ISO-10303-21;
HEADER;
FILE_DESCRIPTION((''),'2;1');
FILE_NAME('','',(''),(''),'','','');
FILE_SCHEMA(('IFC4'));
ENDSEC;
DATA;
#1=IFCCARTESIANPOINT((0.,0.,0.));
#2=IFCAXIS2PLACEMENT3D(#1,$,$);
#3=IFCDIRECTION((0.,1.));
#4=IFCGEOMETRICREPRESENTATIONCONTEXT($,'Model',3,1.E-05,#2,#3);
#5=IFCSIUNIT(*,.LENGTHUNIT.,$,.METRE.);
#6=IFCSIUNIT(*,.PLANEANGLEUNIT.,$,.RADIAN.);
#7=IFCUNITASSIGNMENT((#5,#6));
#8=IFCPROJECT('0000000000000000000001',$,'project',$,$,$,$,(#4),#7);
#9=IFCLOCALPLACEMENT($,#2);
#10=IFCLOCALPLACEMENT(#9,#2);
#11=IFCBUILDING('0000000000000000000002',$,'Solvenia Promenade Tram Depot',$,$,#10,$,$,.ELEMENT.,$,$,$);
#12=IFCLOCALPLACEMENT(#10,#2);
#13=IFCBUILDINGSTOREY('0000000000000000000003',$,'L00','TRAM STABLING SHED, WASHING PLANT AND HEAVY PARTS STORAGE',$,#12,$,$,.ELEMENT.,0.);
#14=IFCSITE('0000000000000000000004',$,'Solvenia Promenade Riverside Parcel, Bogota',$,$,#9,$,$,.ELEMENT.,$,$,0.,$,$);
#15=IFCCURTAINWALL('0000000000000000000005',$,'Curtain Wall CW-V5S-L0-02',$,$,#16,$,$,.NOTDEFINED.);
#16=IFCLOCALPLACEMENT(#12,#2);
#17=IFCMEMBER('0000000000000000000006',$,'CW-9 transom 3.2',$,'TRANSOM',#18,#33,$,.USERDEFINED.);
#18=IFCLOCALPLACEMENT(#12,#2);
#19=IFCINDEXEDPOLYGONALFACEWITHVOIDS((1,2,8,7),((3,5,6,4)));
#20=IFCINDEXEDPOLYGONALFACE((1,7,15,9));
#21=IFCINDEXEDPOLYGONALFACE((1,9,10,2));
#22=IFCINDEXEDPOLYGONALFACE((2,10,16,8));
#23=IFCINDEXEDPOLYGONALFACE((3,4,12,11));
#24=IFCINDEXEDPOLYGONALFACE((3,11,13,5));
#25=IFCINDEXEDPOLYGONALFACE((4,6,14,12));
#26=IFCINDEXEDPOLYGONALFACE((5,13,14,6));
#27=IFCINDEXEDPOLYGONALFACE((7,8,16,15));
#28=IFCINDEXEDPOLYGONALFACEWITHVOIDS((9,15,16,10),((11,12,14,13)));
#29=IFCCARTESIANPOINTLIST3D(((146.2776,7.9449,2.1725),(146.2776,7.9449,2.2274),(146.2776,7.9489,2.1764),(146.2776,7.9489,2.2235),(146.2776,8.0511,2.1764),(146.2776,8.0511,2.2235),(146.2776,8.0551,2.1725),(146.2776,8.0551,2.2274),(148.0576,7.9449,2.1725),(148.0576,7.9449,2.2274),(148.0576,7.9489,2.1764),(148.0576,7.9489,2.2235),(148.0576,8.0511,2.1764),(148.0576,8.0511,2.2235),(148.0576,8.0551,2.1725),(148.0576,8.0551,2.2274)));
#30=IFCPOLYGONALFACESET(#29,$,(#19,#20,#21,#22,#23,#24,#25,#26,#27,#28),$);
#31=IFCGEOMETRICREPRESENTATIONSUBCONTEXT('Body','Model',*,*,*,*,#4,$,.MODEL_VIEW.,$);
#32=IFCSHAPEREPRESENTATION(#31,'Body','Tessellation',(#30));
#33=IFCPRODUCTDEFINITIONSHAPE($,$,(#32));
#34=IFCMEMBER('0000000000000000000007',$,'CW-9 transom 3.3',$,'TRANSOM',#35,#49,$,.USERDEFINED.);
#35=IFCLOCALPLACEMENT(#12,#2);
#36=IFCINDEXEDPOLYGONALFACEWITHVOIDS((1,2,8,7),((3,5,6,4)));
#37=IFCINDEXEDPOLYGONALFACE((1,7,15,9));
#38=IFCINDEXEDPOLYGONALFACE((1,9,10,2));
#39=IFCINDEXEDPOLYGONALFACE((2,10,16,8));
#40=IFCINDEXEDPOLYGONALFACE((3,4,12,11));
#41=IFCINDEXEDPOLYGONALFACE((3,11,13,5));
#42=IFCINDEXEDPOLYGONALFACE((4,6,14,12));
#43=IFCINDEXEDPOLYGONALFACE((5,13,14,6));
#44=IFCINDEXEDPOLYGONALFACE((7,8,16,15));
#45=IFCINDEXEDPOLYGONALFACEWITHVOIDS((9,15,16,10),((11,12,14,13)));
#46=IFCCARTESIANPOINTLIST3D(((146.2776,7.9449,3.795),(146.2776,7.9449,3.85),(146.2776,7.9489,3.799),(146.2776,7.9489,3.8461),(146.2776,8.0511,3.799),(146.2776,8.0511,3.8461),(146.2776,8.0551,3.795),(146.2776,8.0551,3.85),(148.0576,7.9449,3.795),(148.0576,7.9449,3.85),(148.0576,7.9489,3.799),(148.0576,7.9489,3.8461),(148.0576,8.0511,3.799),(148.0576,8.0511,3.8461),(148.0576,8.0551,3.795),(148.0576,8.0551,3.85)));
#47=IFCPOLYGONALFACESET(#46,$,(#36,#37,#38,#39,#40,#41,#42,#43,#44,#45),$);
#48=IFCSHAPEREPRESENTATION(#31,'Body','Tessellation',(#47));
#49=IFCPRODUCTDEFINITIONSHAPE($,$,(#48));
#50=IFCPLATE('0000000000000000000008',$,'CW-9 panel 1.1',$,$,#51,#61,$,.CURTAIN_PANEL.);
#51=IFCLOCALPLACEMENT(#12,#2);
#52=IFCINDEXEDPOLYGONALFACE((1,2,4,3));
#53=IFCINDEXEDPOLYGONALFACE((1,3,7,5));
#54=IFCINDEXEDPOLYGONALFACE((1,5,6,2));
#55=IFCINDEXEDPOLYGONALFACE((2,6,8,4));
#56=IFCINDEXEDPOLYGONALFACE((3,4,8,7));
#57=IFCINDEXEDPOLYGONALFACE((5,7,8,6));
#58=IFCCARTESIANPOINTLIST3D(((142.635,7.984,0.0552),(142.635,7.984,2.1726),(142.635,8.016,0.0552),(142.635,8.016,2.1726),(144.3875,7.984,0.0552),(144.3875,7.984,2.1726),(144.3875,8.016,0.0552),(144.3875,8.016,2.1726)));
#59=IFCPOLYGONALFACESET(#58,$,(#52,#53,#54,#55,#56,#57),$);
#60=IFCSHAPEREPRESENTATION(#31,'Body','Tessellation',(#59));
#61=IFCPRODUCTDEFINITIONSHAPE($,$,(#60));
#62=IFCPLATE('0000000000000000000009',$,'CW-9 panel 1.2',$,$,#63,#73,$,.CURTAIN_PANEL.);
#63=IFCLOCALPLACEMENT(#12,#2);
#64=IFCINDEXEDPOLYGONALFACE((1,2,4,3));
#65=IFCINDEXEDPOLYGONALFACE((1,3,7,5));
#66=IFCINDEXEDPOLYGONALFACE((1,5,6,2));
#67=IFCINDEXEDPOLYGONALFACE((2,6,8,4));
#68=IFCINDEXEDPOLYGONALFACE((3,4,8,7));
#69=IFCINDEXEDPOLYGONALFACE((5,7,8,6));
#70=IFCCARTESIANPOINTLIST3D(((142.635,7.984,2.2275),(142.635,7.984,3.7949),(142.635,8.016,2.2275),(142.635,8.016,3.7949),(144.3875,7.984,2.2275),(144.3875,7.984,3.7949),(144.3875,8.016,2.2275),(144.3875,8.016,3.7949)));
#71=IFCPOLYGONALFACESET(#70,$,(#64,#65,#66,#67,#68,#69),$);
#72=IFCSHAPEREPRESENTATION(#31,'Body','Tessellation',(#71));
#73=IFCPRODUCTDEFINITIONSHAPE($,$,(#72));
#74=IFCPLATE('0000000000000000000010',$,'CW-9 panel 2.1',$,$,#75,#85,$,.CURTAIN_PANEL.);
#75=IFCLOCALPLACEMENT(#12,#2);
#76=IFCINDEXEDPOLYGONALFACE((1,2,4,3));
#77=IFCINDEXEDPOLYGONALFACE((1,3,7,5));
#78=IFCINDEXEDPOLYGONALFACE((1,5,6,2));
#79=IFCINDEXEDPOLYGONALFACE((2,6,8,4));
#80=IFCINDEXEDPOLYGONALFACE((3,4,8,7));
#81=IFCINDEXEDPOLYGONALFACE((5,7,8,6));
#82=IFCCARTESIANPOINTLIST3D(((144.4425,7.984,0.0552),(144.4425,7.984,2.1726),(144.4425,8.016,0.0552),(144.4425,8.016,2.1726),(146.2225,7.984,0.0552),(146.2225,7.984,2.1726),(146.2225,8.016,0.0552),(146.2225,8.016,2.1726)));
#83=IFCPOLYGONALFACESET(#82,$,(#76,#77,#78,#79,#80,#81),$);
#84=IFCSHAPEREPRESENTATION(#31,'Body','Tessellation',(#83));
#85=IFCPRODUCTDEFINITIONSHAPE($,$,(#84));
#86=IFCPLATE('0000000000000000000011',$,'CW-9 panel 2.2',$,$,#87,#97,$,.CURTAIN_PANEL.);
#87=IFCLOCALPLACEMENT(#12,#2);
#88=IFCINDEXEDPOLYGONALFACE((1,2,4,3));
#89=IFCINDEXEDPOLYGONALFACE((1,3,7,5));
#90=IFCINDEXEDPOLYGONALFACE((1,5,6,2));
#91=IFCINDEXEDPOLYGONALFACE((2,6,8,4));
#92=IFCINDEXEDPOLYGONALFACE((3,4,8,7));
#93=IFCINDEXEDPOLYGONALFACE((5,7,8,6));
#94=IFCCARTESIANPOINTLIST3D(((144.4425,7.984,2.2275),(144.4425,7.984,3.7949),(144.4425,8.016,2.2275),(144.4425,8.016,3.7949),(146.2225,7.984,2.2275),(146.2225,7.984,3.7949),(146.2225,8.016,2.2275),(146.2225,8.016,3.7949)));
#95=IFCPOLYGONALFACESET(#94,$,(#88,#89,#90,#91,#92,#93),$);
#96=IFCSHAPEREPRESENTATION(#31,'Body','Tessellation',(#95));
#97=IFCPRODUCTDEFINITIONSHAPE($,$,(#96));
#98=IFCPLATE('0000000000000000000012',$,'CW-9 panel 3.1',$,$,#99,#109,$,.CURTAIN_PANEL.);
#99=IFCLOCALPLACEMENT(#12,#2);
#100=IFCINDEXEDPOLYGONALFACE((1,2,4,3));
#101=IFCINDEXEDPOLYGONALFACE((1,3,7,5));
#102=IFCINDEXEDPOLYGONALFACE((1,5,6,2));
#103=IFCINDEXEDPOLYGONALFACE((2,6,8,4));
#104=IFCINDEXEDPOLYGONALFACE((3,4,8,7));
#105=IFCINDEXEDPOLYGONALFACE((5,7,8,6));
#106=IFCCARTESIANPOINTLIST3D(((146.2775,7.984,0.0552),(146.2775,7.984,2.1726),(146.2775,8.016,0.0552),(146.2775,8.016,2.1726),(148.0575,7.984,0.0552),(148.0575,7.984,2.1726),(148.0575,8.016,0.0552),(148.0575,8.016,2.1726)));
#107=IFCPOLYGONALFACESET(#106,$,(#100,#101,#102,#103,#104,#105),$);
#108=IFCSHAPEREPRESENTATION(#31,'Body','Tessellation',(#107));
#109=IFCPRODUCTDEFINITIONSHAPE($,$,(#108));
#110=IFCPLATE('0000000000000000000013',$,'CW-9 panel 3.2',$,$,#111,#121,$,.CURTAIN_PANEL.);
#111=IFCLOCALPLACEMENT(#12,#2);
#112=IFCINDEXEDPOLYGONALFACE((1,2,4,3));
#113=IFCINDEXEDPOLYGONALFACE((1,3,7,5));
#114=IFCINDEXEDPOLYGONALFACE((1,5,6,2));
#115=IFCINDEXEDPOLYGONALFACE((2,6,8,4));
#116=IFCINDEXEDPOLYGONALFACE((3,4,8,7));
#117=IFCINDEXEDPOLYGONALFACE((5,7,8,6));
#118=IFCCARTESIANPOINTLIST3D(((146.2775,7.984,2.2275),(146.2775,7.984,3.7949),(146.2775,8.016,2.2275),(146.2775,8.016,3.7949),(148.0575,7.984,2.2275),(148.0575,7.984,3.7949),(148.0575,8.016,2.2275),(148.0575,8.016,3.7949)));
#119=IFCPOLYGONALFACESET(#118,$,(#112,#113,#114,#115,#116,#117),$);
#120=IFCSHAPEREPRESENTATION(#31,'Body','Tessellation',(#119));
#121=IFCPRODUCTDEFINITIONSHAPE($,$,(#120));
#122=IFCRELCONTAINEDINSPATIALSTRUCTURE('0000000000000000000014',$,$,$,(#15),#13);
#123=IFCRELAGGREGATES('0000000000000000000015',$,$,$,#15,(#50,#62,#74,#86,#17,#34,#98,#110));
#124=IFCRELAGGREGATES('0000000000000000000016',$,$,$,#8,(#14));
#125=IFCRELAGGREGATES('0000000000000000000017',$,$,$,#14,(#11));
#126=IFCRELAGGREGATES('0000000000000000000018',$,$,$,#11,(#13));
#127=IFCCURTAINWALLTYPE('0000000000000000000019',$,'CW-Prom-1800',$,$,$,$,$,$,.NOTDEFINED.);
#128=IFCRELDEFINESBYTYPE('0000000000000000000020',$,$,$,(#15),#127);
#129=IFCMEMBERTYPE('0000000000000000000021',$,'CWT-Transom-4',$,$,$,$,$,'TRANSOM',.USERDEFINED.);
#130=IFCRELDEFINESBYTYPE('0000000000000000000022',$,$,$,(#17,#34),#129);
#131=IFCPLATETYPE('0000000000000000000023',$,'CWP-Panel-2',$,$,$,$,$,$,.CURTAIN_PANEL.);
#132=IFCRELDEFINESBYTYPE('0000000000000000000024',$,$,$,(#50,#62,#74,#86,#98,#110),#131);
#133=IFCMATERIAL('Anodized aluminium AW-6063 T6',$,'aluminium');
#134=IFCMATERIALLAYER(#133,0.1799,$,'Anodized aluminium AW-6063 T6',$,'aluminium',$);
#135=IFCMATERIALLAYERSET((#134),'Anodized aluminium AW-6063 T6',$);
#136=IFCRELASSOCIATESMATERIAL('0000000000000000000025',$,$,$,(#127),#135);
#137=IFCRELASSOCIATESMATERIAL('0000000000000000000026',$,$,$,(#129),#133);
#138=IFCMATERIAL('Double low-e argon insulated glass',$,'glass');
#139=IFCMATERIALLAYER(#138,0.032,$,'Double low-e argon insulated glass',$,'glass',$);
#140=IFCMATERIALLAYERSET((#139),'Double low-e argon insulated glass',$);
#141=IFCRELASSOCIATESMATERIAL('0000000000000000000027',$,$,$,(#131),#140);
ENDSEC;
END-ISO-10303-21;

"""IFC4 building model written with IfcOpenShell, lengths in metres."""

from ifc_helpers import new_model, si_unit, direction, frame, origin, origin_2d, place, context, subcontext, project, spatial, rectangle, hollow_rectangle, extrude, material, layer, layer_set, material_profile, profile_set, type_object, element, aggregate, save


model = new_model("IFC4")

# Units and contexts
model_context = context("Model", 3, precision=1e-05, world=origin(), true_north=direction((0.0, 1.0)))
body_context = subcontext(model_context, "Body", "Model", "MODEL_VIEW")
ifc_project = project(units=[si_unit("LENGTHUNIT", "METRE"), si_unit("PLANEANGLEUNIT", "RADIAN")], contexts=[model_context])

# Site, building, storey
site_placement = place(None, origin())
site = spatial("IfcSite", under=ifc_project, at=site_placement, Name="Solvenia Promenade Riverside Parcel, Bogota", CompositionType="ELEMENT", RefElevation=0.0)
building_placement = place(site_placement, origin())
building = spatial("IfcBuilding", under=site, at=building_placement, Name="Solvenia Promenade Tram Depot", CompositionType="ELEMENT")
storey_placement = place(building_placement, origin())
storey = spatial("IfcBuildingStorey", under=building, at=storey_placement, Name="L00", Description="TRAM STABLING SHED, WASHING PLANT AND HEAVY PARTS STORAGE", CompositionType="ELEMENT", Elevation=0.0)

# Curtain wall, members, plates
ifc_material_1 = material(Name="Anodized aluminium AW-6063 T6", Category="aluminium")
ifc_layer_1 = layer(ifc_material_1, 0.1799, Name="Anodized aluminium AW-6063 T6", Category="aluminium")
ifc_layer_set_1 = layer_set([ifc_layer_1], Name="Anodized aluminium AW-6063 T6")
curtain_wall_type = type_object("IfcCurtainWallType", Name="CW-Prom-1800", PredefinedType="NOTDEFINED", material=ifc_layer_set_1)
curtain_wall_placement = place(storey_placement, origin())
curtain_wall = element("IfcCurtainWall", 1, at=curtain_wall_placement, inside=storey, type_object=curtain_wall_type, Name="Curtain Wall CW-V5S-L0-02", PredefinedType="NOTDEFINED")
ifc_material_profile_1 = material_profile(ifc_material_1, hollow_rectangle(XDim=0.1101, YDim=0.0549, WallThickness=0.0039, at=origin_2d()), Name="ALU-T4", Category="aluminium")
ifc_profile_set_1 = profile_set([ifc_material_profile_1], Name="Anodized aluminium AW-6063 T6")
member_type_1 = type_object("IfcMemberType", Name="CWT-Transom-4", ElementType="TRANSOM", PredefinedType="USERDEFINED", material=ifc_profile_set_1)
member_1_placement = place(storey_placement, frame((146.2776, 8.0, 2.2), z_axis=(1.0, 0.0, 0.0), x_axis=(0.0, 1.0, 0.0)))
member_1 = element("IfcMember", 2, at=member_1_placement, type_object=member_type_1, Name="CW-9 transom 3.2", ObjectType="TRANSOM", PredefinedType="USERDEFINED", context=body_context, shape_type="SweptSolid", body=[
    extrude(hollow_rectangle(XDim=0.1101, YDim=0.0549, WallThickness=0.0039, at=origin_2d()), origin(), (0.0, 0.0, 1.0), 1.78),
])
member_2_placement = place(storey_placement, frame((146.2776, 8.0, 3.8225), z_axis=(1.0, 0.0, 0.0), x_axis=(0.0, 1.0, 0.0)))
member_2 = element("IfcMember", 3, at=member_2_placement, type_object=member_type_1, Name="CW-9 transom 3.3", ObjectType="TRANSOM", PredefinedType="USERDEFINED", context=body_context, shape_type="SweptSolid", body=[
    extrude(hollow_rectangle(XDim=0.1101, YDim=0.0549, WallThickness=0.0039, at=origin_2d()), origin(), (0.0, 0.0, 1.0), 1.78),
])
ifc_material_2 = material(Name="Double low-e argon insulated glass", Category="glass")
ifc_layer_2 = layer(ifc_material_2, 0.032, Name="Double low-e argon insulated glass", Category="glass")
ifc_layer_set_2 = layer_set([ifc_layer_2], Name="Double low-e argon insulated glass")
plate_type = type_object("IfcPlateType", Name="CWP-Panel-2", PredefinedType="CURTAIN_PANEL", material=ifc_layer_set_2)
plate_1_placement = place(storey_placement, frame((143.5112, 8.0, 0.0552), z_axis=(0.0, 0.0, 1.0), x_axis=(1.0, 0.0, 0.0)))
plate_1 = element("IfcPlate", 4, at=plate_1_placement, type_object=plate_type, Name="CW-9 panel 1.1", PredefinedType="CURTAIN_PANEL", context=body_context, shape_type="SweptSolid", body=[
    extrude(rectangle(XDim=1.7524, YDim=0.032, at=origin_2d()), origin(), (0.0, 0.0, 1.0), 2.1174),
])
plate_2_placement = place(storey_placement, frame((143.5112, 8.0, 2.2275), z_axis=(0.0, 0.0, 1.0), x_axis=(1.0, 0.0, 0.0)))
plate_2 = element("IfcPlate", 5, at=plate_2_placement, type_object=plate_type, Name="CW-9 panel 1.2", PredefinedType="CURTAIN_PANEL", context=body_context, shape_type="SweptSolid", body=[
    extrude(rectangle(XDim=1.7524, YDim=0.032, at=origin_2d()), origin(), (0.0, 0.0, 1.0), 1.5674),
])
plate_3_placement = place(storey_placement, frame((145.3325, 8.0, 0.0552), z_axis=(0.0, 0.0, 1.0), x_axis=(1.0, 0.0, 0.0)))
plate_3 = element("IfcPlate", 6, at=plate_3_placement, type_object=plate_type, Name="CW-9 panel 2.1", PredefinedType="CURTAIN_PANEL", context=body_context, shape_type="SweptSolid", body=[
    extrude(rectangle(XDim=1.78, YDim=0.032, at=origin_2d()), origin(), (0.0, 0.0, 1.0), 2.1174),
])
plate_4_placement = place(storey_placement, frame((145.3325, 8.0, 2.2275), z_axis=(0.0, 0.0, 1.0), x_axis=(1.0, 0.0, 0.0)))
plate_4 = element("IfcPlate", 7, at=plate_4_placement, type_object=plate_type, Name="CW-9 panel 2.2", PredefinedType="CURTAIN_PANEL", context=body_context, shape_type="SweptSolid", body=[
    extrude(rectangle(XDim=1.78, YDim=0.032, at=origin_2d()), origin(), (0.0, 0.0, 1.0), 1.5674),
])
plate_5_placement = place(storey_placement, frame((147.1675, 8.0, 0.0552), z_axis=(0.0, 0.0, 1.0), x_axis=(1.0, 0.0, 0.0)))
plate_5 = element("IfcPlate", 8, at=plate_5_placement, type_object=plate_type, Name="CW-9 panel 3.1", PredefinedType="CURTAIN_PANEL", context=body_context, shape_type="SweptSolid", body=[
    extrude(rectangle(XDim=1.78, YDim=0.032, at=origin_2d()), origin(), (0.0, 0.0, 1.0), 2.1174),
])
plate_6_placement = place(storey_placement, frame((147.1675, 8.0, 2.2275), z_axis=(0.0, 0.0, 1.0), x_axis=(1.0, 0.0, 0.0)))
plate_6 = element("IfcPlate", 9, at=plate_6_placement, type_object=plate_type, Name="CW-9 panel 3.2", PredefinedType="CURTAIN_PANEL", context=body_context, shape_type="SweptSolid", body=[
    extrude(rectangle(XDim=1.78, YDim=0.032, at=origin_2d()), origin(), (0.0, 0.0, 1.0), 1.5674),
])
aggregate(curtain_wall, [plate_1, plate_2, plate_3, plate_4, member_1, member_2, plate_5, plate_6])

save(model, "model.ifc")
